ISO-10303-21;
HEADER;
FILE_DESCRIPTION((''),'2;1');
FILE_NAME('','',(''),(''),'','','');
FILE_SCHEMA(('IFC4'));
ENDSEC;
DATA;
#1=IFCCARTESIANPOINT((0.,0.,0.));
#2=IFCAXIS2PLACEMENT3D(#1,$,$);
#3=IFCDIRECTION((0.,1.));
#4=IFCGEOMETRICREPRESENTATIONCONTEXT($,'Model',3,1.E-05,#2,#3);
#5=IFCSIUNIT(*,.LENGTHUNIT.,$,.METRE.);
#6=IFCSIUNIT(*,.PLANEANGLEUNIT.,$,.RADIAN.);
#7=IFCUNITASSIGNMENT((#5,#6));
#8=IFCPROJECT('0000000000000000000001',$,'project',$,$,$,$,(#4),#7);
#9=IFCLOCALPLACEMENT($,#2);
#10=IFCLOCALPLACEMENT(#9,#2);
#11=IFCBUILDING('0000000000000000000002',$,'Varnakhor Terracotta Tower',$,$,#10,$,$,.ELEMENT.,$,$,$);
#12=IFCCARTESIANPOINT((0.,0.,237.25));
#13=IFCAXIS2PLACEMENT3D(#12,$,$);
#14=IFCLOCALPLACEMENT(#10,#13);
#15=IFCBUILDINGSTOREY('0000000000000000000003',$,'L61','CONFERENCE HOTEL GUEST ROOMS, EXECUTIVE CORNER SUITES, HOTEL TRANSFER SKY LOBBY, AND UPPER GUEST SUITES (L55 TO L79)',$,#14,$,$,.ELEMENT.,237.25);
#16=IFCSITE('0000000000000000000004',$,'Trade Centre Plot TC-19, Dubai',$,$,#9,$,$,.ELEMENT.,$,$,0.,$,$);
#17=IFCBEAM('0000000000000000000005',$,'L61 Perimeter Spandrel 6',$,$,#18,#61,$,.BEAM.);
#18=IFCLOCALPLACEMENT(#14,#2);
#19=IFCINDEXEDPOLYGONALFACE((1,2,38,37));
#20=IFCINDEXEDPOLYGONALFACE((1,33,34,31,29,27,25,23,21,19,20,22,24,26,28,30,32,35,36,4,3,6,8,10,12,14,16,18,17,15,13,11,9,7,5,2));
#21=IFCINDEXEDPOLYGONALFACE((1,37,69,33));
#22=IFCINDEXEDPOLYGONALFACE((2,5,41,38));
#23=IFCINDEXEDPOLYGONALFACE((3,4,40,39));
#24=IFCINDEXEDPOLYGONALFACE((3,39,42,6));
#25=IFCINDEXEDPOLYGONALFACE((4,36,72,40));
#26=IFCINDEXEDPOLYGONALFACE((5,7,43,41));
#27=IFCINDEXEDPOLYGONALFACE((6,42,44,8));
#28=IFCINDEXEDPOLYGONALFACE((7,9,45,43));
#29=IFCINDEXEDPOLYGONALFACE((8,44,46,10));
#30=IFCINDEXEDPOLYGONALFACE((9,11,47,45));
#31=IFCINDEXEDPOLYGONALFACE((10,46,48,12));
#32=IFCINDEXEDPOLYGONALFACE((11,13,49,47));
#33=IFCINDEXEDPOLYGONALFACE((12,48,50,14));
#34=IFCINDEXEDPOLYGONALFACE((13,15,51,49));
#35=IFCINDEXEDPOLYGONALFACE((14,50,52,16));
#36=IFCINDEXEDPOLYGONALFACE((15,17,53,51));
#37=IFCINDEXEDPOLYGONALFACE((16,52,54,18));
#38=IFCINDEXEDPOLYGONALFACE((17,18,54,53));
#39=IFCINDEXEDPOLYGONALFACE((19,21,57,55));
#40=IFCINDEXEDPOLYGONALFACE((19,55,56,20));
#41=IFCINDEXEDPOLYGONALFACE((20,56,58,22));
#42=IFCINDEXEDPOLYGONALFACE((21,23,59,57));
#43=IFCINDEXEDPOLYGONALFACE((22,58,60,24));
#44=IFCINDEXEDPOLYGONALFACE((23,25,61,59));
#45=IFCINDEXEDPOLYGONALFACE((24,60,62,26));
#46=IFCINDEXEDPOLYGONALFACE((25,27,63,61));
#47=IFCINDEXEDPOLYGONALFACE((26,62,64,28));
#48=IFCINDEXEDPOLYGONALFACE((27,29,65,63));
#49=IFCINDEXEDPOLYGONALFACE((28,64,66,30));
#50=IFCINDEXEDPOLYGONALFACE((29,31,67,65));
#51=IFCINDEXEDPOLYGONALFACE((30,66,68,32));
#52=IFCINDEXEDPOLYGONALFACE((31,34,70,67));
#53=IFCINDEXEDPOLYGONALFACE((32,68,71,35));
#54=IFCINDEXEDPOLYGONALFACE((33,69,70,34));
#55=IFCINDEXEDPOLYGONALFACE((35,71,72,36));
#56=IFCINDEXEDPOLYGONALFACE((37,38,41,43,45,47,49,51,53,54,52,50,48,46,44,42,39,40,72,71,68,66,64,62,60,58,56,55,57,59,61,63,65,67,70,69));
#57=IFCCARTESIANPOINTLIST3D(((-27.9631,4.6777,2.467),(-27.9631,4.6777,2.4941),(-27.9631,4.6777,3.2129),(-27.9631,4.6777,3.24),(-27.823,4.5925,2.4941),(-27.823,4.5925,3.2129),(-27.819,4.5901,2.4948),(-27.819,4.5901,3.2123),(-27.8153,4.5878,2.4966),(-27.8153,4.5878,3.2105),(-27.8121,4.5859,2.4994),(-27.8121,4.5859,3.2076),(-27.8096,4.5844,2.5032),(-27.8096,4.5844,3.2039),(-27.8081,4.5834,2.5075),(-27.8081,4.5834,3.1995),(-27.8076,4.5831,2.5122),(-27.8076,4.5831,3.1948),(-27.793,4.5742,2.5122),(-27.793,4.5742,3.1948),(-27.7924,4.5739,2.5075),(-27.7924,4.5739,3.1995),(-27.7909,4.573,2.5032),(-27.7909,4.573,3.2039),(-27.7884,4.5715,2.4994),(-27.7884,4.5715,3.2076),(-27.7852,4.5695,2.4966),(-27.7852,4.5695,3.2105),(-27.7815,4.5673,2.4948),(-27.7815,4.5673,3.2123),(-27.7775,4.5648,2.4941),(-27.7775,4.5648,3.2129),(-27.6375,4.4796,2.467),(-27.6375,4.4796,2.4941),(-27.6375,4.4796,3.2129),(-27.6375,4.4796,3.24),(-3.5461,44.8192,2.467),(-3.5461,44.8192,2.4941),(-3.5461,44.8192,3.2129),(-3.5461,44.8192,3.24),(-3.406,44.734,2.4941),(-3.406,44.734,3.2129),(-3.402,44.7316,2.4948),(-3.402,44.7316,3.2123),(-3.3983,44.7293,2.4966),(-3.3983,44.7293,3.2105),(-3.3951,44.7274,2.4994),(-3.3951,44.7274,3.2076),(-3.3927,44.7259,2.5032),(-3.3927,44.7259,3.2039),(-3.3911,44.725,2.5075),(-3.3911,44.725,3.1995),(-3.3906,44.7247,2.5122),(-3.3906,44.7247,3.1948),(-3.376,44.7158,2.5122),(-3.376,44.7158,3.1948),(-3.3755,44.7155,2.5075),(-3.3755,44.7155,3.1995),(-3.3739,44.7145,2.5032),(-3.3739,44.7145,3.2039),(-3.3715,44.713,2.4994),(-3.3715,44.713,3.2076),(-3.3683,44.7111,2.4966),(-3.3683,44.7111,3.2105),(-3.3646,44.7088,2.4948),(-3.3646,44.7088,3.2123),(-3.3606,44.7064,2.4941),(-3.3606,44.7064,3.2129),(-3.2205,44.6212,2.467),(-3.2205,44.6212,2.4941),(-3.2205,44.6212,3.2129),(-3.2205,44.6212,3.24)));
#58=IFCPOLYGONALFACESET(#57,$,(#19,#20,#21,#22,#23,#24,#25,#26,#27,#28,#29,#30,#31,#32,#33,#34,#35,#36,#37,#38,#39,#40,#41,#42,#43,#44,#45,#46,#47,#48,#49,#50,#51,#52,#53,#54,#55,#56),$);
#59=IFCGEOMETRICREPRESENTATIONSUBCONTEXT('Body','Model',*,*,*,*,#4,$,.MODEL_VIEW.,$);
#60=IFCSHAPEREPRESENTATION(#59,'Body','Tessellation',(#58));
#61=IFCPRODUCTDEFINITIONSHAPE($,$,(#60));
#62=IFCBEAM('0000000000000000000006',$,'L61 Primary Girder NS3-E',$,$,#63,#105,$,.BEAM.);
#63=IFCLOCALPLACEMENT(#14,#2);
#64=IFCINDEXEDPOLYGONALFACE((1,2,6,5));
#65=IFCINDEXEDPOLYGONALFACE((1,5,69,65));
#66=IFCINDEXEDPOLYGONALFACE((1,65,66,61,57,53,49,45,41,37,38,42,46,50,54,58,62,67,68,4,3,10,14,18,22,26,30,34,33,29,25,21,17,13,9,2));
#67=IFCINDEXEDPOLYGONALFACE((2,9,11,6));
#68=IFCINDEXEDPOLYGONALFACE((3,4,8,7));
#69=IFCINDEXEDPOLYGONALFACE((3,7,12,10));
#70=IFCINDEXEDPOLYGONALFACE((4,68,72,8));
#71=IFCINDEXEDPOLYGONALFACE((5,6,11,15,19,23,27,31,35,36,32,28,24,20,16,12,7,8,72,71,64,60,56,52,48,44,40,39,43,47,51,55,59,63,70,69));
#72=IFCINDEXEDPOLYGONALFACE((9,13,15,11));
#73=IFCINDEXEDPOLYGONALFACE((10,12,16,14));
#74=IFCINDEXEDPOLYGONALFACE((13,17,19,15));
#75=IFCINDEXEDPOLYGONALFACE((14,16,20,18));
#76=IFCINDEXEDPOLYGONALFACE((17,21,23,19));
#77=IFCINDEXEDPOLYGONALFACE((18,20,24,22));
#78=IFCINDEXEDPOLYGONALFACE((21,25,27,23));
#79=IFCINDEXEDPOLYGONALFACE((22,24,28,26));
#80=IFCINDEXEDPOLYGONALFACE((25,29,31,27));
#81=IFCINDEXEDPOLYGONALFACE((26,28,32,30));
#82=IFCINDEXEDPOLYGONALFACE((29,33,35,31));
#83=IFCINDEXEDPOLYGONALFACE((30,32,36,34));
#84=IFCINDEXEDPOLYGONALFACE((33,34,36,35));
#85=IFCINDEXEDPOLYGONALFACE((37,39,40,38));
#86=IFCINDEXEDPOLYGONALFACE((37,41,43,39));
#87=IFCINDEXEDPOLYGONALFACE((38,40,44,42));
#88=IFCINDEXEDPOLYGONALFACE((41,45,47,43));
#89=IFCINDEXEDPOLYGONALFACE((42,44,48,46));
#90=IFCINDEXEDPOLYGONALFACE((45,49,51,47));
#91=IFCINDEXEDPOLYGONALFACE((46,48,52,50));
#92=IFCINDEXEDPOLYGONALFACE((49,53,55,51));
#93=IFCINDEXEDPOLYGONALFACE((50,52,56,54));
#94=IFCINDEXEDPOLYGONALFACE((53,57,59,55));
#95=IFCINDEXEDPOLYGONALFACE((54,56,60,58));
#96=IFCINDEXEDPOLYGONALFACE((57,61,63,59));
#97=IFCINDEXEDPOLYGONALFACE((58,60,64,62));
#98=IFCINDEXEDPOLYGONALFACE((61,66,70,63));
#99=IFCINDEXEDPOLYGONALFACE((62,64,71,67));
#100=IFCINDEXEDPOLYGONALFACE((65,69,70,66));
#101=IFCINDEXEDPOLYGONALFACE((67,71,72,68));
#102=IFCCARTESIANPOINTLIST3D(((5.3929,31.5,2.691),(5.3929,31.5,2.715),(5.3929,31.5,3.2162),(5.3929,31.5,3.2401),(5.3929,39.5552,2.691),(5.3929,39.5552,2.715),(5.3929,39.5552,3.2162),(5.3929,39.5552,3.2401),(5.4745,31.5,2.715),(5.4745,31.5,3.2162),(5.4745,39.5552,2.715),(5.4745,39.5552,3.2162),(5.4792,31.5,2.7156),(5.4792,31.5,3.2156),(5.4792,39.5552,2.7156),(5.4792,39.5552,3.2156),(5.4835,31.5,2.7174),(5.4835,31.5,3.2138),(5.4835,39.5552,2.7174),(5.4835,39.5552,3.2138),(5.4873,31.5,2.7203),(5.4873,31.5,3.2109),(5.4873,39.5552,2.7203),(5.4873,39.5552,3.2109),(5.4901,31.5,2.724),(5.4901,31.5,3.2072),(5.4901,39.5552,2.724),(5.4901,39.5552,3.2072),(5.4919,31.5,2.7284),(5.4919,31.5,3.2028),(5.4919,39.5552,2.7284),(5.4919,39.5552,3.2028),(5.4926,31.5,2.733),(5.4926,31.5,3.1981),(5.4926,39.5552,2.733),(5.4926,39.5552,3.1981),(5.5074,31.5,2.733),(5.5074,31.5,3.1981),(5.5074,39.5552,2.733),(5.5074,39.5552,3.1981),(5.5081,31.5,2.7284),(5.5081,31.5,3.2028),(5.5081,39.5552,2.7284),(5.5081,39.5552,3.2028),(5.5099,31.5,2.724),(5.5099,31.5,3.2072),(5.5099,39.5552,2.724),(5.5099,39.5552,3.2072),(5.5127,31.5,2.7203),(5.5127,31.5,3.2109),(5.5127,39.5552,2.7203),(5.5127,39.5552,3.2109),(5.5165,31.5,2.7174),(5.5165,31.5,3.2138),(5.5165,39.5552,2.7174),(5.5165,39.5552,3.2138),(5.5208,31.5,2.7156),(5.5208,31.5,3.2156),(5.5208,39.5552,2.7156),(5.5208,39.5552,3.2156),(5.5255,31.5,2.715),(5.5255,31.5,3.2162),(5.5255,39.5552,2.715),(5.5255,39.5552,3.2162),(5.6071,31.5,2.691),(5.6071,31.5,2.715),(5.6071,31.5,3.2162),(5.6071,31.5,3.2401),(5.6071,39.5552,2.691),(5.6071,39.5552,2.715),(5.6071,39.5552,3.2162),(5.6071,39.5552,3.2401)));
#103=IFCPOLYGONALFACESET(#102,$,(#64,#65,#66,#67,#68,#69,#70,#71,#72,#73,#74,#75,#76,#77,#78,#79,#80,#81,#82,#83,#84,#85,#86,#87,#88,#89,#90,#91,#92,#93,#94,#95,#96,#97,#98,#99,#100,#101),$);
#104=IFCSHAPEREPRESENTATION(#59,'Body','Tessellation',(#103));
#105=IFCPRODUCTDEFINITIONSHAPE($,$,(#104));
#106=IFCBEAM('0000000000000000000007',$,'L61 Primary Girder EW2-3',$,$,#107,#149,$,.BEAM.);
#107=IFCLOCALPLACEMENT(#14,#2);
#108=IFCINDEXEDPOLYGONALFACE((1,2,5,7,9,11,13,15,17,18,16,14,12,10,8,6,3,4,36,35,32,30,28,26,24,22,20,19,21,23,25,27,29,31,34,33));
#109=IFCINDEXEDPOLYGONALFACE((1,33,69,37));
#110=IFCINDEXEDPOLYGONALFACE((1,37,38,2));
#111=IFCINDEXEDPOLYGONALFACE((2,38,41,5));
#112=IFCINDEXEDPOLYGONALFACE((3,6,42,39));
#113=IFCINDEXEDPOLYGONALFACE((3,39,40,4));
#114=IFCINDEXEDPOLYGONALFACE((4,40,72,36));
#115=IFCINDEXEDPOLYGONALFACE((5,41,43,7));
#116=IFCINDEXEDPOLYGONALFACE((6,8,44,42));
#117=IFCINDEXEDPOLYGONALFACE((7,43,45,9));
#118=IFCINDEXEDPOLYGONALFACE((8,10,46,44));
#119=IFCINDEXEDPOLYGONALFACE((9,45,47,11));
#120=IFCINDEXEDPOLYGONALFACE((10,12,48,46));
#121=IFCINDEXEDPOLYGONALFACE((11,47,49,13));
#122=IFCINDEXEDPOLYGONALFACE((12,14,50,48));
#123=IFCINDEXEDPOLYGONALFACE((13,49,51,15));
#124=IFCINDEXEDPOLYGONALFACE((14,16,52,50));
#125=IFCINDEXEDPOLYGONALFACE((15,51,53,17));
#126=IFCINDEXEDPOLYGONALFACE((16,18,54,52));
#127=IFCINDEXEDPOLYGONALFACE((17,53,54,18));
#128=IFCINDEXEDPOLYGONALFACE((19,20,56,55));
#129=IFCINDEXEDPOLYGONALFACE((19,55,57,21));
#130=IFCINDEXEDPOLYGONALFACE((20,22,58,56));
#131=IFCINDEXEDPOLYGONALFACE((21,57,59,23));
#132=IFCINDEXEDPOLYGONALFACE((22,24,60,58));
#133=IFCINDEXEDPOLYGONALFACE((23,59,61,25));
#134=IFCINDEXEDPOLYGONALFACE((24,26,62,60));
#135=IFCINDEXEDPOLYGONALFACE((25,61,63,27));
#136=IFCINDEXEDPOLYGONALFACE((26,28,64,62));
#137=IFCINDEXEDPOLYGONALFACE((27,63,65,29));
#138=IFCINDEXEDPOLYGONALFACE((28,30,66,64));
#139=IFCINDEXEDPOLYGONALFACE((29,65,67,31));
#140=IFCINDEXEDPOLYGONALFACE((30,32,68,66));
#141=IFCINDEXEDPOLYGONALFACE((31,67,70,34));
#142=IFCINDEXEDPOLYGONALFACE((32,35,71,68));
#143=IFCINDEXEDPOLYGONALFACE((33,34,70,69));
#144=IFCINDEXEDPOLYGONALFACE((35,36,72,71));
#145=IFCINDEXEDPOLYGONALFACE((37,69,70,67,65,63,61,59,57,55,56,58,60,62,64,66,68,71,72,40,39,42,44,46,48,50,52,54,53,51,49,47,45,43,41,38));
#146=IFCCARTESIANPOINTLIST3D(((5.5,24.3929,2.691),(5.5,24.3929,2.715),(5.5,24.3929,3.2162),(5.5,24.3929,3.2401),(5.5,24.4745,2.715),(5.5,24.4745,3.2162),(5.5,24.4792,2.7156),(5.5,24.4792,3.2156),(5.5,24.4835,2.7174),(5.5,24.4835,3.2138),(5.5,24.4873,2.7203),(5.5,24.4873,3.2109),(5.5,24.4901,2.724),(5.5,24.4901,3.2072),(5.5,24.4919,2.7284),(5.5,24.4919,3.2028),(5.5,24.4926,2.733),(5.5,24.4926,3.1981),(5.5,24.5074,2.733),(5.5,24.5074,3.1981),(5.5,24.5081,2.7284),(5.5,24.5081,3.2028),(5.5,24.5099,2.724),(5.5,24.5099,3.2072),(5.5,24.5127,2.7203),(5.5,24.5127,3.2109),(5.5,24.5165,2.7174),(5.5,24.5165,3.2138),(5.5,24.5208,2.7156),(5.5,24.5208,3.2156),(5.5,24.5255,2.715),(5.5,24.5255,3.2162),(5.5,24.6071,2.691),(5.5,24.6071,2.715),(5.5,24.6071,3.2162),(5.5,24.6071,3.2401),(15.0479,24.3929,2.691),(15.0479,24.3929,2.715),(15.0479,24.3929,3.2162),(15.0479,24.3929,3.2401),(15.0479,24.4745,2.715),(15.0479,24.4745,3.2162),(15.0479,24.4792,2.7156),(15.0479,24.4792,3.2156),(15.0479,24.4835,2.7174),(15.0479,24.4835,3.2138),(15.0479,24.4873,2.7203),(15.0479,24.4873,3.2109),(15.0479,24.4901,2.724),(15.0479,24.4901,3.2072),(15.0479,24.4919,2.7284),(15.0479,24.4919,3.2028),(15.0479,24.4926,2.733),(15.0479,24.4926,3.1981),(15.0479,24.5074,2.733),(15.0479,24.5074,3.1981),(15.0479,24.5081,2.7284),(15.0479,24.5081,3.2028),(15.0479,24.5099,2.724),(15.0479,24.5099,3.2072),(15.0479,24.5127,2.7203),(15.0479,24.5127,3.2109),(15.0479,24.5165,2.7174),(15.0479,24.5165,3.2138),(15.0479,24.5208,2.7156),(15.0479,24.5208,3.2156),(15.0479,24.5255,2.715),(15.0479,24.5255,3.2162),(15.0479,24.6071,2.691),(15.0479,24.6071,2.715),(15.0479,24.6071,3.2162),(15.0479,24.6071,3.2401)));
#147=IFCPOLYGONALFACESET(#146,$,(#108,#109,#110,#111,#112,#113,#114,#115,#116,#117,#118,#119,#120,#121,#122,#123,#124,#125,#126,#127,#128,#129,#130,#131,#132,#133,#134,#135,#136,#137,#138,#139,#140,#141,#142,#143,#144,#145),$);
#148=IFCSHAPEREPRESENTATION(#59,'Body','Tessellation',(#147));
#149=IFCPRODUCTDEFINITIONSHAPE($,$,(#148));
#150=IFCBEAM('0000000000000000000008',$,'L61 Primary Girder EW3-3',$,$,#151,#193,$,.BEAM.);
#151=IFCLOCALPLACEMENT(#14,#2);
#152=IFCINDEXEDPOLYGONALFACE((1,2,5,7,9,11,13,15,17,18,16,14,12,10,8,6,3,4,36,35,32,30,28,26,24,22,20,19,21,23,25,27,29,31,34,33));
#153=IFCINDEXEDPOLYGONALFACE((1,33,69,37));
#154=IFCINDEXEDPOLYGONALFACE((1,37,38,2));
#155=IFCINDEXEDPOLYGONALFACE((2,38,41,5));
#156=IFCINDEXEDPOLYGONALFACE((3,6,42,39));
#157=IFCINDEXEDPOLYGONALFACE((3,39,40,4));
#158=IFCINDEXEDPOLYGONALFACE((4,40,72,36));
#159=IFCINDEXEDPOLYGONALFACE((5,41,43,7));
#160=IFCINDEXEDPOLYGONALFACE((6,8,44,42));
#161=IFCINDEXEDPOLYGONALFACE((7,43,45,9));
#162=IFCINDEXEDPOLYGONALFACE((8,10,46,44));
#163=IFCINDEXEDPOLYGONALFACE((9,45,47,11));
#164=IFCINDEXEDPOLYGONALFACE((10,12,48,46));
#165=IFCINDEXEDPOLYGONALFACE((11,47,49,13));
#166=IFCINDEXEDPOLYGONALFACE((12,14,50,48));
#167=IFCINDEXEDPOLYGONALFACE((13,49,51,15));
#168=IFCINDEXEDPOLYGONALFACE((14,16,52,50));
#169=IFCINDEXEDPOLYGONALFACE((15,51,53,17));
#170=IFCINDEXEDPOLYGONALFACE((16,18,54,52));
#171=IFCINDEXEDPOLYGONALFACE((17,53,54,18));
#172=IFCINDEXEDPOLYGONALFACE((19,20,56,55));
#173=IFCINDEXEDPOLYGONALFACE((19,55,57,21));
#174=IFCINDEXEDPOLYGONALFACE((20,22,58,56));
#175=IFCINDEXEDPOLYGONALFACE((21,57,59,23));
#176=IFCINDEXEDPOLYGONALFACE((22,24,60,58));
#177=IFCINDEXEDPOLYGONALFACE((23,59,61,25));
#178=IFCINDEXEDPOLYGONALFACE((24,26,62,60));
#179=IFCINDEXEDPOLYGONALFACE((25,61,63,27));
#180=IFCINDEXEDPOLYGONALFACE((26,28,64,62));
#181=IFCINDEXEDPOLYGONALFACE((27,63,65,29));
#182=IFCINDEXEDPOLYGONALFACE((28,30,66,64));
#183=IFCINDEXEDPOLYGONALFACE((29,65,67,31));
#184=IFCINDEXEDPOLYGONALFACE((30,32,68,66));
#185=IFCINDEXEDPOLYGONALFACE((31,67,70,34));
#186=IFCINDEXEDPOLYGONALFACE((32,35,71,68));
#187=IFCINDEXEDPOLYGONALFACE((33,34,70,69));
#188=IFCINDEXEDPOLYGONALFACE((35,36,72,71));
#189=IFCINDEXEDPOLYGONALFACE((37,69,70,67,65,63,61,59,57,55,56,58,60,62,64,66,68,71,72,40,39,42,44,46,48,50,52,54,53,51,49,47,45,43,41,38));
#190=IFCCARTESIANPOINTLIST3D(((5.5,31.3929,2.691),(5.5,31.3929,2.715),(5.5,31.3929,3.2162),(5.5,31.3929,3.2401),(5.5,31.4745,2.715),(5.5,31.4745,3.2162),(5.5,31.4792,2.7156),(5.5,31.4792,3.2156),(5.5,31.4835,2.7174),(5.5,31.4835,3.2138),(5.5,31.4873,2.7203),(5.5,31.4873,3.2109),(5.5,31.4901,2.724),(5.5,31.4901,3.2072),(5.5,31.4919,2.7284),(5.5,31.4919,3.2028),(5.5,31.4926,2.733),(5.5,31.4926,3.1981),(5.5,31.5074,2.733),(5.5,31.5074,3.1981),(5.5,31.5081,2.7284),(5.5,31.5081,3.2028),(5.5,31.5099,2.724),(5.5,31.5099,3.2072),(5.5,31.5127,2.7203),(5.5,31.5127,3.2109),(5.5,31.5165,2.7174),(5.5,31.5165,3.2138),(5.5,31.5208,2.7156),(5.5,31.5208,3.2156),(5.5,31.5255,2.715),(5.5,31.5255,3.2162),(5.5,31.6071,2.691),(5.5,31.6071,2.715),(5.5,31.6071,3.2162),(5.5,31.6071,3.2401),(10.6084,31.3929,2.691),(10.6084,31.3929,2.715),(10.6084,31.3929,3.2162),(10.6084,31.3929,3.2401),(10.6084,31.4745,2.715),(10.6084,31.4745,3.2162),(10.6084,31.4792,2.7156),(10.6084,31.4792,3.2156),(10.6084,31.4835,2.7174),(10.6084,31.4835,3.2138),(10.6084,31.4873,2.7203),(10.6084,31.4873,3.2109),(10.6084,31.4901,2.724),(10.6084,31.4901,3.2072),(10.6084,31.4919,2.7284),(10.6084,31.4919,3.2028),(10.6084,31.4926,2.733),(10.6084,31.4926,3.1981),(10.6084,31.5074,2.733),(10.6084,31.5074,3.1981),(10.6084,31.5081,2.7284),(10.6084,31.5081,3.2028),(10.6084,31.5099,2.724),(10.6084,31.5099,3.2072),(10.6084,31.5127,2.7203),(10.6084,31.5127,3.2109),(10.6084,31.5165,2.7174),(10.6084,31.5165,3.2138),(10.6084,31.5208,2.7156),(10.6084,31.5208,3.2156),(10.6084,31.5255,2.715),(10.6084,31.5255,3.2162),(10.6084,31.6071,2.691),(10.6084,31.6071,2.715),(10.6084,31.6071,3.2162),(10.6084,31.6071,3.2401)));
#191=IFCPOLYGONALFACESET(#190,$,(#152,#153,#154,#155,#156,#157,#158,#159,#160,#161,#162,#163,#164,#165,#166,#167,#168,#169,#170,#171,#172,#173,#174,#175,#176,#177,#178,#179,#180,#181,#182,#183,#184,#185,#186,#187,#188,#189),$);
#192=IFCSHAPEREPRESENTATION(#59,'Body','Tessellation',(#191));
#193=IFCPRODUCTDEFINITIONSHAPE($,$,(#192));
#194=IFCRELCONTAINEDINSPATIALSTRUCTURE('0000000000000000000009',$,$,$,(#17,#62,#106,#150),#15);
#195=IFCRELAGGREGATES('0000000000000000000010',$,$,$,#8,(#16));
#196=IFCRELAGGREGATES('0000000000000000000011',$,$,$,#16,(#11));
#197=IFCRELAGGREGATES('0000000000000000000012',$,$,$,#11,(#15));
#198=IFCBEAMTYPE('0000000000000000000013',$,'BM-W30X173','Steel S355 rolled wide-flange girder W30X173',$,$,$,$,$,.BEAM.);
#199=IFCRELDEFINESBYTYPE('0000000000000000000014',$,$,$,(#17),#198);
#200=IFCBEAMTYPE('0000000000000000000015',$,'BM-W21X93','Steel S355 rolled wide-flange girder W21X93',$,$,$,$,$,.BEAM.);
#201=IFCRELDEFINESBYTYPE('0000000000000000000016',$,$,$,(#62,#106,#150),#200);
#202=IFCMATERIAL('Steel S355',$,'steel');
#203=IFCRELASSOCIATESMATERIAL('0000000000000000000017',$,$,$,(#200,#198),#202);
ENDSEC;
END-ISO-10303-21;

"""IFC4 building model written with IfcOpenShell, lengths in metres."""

from ifc_helpers import new_model, si_unit, direction, frame, origin, origin_2d, place, context, subcontext, project, spatial, i_section, extrude, source, transform, mapped, material, material_profile, profile_set, type_object, element, save


model = new_model("IFC4")

# Units and contexts
model_context = context("Model", 3, precision=1e-05, world=origin(), true_north=direction((0.0, 1.0)))
body_context = subcontext(model_context, "Body", "Model", "MODEL_VIEW")
ifc_project = project(units=[si_unit("LENGTHUNIT", "METRE"), si_unit("PLANEANGLEUNIT", "RADIAN")], contexts=[model_context])

# Site, building, storey
site_placement = place(None, origin())
site = spatial("IfcSite", under=ifc_project, at=site_placement, Name="Trade Centre Plot TC-19, Dubai", CompositionType="ELEMENT", RefElevation=0.0)
building_placement = place(site_placement, origin())
building = spatial("IfcBuilding", under=site, at=building_placement, Name="Varnakhor Terracotta Tower", CompositionType="ELEMENT")
storey_placement = place(building_placement, frame((0.0, 0.0, 237.25)))
storey = spatial("IfcBuildingStorey", under=building, at=storey_placement, Name="L61", Description="CONFERENCE HOTEL GUEST ROOMS, EXECUTIVE CORNER SUITES, HOTEL TRANSFER SKY LOBBY, AND UPPER GUEST SUITES (L55 TO L79)", CompositionType="ELEMENT", Elevation=237.25)

# Beams
ifc_material_1 = material(Name="Steel S355", Category="steel")
ifc_material_profile_1 = material_profile(ifc_material_1, i_section(OverallWidth=0.2141, OverallDepth=0.5491, WebThickness=0.0149, FlangeThickness=0.0239, FilletRadius=0.0181, at=origin_2d()), Name="W21X93")
ifc_profile_set_1 = profile_set([ifc_material_profile_1], Name="Steel S355")
beam_type_1 = type_object("IfcBeamType", Name="BM-W21X93", Description="Steel S355 rolled wide-flange girder W21X93", PredefinedType="BEAM", material=ifc_profile_set_1)
ifc_material_profile_2 = material_profile(ifc_material_1, i_section(OverallWidth=0.3811, OverallDepth=0.7729, WebThickness=0.0171, FlangeThickness=0.0271, FilletRadius=0.0181, at=origin_2d()), Name="W30X173")
ifc_profile_set_2 = profile_set([ifc_material_profile_2], Name="Steel S355")
beam_type_2 = type_object("IfcBeamType", Name="BM-W30X173", Description="Steel S355 rolled wide-flange girder W30X173", PredefinedType="BEAM", material=ifc_profile_set_2)
shared_shape_1 = source(origin(), body_context, "Body", "SweptSolid", [
    extrude(i_section(OverallWidth=0.3811, OverallDepth=0.7729, WebThickness=0.0171, FlangeThickness=0.0271, FilletRadius=0.0181, at=origin_2d()), origin(), (0.0, 0.0, 1.0), 46.9844),
])
beam_1_placement = place(storey_placement, frame((-3.3833, 44.7202, 2.8535), z_axis=(-0.519683, -0.854359, 0.0), x_axis=(0.854359, -0.519683, 0.0)))
element("IfcBeam", 1, at=beam_1_placement, inside=storey, type_object=beam_type_2, Name="L61 Perimeter Spandrel 6", PredefinedType="BEAM", context=body_context, shape_type="MappedRepresentation", body=[
    mapped(shared_shape_1, transform((0.0, 0.0, 0.0), scale=1.0)),
])
shared_shape_2 = source(origin(), body_context, "Body", "SweptSolid", [
    extrude(i_section(OverallWidth=0.2141, OverallDepth=0.5491, WebThickness=0.0149, FlangeThickness=0.0239, FilletRadius=0.0181, at=origin_2d()), origin(), (0.0, 0.0, 1.0), 8.0552),
])
beam_2_placement = place(storey_placement, frame((5.5, 31.5, 2.9656), z_axis=(0.0, 1.0, 0.0), x_axis=(-1.0, 0.0, 0.0)))
element("IfcBeam", 2, at=beam_2_placement, inside=storey, type_object=beam_type_1, Name="L61 Primary Girder NS3-E", PredefinedType="BEAM", context=body_context, shape_type="MappedRepresentation", body=[
    mapped(shared_shape_2, transform((0.0, 0.0, 0.0), scale=1.0)),
])
shared_shape_3 = source(origin(), body_context, "Body", "SweptSolid", [
    extrude(i_section(OverallWidth=0.2141, OverallDepth=0.5491, WebThickness=0.0149, FlangeThickness=0.0239, FilletRadius=0.0181, at=origin_2d()), origin(), (0.0, 0.0, 1.0), 9.5479),
])
beam_3_placement = place(storey_placement, frame((5.5, 24.5, 2.9656), z_axis=(1.0, 0.0, 0.0), x_axis=(0.0, 1.0, 0.0)))
element("IfcBeam", 3, at=beam_3_placement, inside=storey, type_object=beam_type_1, Name="L61 Primary Girder EW2-3", PredefinedType="BEAM", context=body_context, shape_type="MappedRepresentation", body=[
    mapped(shared_shape_3, transform((0.0, 0.0, 0.0), scale=1.0)),
])
shared_shape_4 = source(origin(), body_context, "Body", "SweptSolid", [
    extrude(i_section(OverallWidth=0.2141, OverallDepth=0.5491, WebThickness=0.0149, FlangeThickness=0.0239, FilletRadius=0.0181, at=origin_2d()), origin(), (0.0, 0.0, 1.0), 5.1084),
])
beam_4_placement = place(storey_placement, frame((5.5, 31.5, 2.9656), z_axis=(1.0, 0.0, 0.0), x_axis=(0.0, 1.0, 0.0)))
element("IfcBeam", 4, at=beam_4_placement, inside=storey, type_object=beam_type_1, Name="L61 Primary Girder EW3-3", PredefinedType="BEAM", context=body_context, shape_type="MappedRepresentation", body=[
    mapped(shared_shape_4, transform((0.0, 0.0, 0.0), scale=1.0)),
])

save(model, "model.ifc")
